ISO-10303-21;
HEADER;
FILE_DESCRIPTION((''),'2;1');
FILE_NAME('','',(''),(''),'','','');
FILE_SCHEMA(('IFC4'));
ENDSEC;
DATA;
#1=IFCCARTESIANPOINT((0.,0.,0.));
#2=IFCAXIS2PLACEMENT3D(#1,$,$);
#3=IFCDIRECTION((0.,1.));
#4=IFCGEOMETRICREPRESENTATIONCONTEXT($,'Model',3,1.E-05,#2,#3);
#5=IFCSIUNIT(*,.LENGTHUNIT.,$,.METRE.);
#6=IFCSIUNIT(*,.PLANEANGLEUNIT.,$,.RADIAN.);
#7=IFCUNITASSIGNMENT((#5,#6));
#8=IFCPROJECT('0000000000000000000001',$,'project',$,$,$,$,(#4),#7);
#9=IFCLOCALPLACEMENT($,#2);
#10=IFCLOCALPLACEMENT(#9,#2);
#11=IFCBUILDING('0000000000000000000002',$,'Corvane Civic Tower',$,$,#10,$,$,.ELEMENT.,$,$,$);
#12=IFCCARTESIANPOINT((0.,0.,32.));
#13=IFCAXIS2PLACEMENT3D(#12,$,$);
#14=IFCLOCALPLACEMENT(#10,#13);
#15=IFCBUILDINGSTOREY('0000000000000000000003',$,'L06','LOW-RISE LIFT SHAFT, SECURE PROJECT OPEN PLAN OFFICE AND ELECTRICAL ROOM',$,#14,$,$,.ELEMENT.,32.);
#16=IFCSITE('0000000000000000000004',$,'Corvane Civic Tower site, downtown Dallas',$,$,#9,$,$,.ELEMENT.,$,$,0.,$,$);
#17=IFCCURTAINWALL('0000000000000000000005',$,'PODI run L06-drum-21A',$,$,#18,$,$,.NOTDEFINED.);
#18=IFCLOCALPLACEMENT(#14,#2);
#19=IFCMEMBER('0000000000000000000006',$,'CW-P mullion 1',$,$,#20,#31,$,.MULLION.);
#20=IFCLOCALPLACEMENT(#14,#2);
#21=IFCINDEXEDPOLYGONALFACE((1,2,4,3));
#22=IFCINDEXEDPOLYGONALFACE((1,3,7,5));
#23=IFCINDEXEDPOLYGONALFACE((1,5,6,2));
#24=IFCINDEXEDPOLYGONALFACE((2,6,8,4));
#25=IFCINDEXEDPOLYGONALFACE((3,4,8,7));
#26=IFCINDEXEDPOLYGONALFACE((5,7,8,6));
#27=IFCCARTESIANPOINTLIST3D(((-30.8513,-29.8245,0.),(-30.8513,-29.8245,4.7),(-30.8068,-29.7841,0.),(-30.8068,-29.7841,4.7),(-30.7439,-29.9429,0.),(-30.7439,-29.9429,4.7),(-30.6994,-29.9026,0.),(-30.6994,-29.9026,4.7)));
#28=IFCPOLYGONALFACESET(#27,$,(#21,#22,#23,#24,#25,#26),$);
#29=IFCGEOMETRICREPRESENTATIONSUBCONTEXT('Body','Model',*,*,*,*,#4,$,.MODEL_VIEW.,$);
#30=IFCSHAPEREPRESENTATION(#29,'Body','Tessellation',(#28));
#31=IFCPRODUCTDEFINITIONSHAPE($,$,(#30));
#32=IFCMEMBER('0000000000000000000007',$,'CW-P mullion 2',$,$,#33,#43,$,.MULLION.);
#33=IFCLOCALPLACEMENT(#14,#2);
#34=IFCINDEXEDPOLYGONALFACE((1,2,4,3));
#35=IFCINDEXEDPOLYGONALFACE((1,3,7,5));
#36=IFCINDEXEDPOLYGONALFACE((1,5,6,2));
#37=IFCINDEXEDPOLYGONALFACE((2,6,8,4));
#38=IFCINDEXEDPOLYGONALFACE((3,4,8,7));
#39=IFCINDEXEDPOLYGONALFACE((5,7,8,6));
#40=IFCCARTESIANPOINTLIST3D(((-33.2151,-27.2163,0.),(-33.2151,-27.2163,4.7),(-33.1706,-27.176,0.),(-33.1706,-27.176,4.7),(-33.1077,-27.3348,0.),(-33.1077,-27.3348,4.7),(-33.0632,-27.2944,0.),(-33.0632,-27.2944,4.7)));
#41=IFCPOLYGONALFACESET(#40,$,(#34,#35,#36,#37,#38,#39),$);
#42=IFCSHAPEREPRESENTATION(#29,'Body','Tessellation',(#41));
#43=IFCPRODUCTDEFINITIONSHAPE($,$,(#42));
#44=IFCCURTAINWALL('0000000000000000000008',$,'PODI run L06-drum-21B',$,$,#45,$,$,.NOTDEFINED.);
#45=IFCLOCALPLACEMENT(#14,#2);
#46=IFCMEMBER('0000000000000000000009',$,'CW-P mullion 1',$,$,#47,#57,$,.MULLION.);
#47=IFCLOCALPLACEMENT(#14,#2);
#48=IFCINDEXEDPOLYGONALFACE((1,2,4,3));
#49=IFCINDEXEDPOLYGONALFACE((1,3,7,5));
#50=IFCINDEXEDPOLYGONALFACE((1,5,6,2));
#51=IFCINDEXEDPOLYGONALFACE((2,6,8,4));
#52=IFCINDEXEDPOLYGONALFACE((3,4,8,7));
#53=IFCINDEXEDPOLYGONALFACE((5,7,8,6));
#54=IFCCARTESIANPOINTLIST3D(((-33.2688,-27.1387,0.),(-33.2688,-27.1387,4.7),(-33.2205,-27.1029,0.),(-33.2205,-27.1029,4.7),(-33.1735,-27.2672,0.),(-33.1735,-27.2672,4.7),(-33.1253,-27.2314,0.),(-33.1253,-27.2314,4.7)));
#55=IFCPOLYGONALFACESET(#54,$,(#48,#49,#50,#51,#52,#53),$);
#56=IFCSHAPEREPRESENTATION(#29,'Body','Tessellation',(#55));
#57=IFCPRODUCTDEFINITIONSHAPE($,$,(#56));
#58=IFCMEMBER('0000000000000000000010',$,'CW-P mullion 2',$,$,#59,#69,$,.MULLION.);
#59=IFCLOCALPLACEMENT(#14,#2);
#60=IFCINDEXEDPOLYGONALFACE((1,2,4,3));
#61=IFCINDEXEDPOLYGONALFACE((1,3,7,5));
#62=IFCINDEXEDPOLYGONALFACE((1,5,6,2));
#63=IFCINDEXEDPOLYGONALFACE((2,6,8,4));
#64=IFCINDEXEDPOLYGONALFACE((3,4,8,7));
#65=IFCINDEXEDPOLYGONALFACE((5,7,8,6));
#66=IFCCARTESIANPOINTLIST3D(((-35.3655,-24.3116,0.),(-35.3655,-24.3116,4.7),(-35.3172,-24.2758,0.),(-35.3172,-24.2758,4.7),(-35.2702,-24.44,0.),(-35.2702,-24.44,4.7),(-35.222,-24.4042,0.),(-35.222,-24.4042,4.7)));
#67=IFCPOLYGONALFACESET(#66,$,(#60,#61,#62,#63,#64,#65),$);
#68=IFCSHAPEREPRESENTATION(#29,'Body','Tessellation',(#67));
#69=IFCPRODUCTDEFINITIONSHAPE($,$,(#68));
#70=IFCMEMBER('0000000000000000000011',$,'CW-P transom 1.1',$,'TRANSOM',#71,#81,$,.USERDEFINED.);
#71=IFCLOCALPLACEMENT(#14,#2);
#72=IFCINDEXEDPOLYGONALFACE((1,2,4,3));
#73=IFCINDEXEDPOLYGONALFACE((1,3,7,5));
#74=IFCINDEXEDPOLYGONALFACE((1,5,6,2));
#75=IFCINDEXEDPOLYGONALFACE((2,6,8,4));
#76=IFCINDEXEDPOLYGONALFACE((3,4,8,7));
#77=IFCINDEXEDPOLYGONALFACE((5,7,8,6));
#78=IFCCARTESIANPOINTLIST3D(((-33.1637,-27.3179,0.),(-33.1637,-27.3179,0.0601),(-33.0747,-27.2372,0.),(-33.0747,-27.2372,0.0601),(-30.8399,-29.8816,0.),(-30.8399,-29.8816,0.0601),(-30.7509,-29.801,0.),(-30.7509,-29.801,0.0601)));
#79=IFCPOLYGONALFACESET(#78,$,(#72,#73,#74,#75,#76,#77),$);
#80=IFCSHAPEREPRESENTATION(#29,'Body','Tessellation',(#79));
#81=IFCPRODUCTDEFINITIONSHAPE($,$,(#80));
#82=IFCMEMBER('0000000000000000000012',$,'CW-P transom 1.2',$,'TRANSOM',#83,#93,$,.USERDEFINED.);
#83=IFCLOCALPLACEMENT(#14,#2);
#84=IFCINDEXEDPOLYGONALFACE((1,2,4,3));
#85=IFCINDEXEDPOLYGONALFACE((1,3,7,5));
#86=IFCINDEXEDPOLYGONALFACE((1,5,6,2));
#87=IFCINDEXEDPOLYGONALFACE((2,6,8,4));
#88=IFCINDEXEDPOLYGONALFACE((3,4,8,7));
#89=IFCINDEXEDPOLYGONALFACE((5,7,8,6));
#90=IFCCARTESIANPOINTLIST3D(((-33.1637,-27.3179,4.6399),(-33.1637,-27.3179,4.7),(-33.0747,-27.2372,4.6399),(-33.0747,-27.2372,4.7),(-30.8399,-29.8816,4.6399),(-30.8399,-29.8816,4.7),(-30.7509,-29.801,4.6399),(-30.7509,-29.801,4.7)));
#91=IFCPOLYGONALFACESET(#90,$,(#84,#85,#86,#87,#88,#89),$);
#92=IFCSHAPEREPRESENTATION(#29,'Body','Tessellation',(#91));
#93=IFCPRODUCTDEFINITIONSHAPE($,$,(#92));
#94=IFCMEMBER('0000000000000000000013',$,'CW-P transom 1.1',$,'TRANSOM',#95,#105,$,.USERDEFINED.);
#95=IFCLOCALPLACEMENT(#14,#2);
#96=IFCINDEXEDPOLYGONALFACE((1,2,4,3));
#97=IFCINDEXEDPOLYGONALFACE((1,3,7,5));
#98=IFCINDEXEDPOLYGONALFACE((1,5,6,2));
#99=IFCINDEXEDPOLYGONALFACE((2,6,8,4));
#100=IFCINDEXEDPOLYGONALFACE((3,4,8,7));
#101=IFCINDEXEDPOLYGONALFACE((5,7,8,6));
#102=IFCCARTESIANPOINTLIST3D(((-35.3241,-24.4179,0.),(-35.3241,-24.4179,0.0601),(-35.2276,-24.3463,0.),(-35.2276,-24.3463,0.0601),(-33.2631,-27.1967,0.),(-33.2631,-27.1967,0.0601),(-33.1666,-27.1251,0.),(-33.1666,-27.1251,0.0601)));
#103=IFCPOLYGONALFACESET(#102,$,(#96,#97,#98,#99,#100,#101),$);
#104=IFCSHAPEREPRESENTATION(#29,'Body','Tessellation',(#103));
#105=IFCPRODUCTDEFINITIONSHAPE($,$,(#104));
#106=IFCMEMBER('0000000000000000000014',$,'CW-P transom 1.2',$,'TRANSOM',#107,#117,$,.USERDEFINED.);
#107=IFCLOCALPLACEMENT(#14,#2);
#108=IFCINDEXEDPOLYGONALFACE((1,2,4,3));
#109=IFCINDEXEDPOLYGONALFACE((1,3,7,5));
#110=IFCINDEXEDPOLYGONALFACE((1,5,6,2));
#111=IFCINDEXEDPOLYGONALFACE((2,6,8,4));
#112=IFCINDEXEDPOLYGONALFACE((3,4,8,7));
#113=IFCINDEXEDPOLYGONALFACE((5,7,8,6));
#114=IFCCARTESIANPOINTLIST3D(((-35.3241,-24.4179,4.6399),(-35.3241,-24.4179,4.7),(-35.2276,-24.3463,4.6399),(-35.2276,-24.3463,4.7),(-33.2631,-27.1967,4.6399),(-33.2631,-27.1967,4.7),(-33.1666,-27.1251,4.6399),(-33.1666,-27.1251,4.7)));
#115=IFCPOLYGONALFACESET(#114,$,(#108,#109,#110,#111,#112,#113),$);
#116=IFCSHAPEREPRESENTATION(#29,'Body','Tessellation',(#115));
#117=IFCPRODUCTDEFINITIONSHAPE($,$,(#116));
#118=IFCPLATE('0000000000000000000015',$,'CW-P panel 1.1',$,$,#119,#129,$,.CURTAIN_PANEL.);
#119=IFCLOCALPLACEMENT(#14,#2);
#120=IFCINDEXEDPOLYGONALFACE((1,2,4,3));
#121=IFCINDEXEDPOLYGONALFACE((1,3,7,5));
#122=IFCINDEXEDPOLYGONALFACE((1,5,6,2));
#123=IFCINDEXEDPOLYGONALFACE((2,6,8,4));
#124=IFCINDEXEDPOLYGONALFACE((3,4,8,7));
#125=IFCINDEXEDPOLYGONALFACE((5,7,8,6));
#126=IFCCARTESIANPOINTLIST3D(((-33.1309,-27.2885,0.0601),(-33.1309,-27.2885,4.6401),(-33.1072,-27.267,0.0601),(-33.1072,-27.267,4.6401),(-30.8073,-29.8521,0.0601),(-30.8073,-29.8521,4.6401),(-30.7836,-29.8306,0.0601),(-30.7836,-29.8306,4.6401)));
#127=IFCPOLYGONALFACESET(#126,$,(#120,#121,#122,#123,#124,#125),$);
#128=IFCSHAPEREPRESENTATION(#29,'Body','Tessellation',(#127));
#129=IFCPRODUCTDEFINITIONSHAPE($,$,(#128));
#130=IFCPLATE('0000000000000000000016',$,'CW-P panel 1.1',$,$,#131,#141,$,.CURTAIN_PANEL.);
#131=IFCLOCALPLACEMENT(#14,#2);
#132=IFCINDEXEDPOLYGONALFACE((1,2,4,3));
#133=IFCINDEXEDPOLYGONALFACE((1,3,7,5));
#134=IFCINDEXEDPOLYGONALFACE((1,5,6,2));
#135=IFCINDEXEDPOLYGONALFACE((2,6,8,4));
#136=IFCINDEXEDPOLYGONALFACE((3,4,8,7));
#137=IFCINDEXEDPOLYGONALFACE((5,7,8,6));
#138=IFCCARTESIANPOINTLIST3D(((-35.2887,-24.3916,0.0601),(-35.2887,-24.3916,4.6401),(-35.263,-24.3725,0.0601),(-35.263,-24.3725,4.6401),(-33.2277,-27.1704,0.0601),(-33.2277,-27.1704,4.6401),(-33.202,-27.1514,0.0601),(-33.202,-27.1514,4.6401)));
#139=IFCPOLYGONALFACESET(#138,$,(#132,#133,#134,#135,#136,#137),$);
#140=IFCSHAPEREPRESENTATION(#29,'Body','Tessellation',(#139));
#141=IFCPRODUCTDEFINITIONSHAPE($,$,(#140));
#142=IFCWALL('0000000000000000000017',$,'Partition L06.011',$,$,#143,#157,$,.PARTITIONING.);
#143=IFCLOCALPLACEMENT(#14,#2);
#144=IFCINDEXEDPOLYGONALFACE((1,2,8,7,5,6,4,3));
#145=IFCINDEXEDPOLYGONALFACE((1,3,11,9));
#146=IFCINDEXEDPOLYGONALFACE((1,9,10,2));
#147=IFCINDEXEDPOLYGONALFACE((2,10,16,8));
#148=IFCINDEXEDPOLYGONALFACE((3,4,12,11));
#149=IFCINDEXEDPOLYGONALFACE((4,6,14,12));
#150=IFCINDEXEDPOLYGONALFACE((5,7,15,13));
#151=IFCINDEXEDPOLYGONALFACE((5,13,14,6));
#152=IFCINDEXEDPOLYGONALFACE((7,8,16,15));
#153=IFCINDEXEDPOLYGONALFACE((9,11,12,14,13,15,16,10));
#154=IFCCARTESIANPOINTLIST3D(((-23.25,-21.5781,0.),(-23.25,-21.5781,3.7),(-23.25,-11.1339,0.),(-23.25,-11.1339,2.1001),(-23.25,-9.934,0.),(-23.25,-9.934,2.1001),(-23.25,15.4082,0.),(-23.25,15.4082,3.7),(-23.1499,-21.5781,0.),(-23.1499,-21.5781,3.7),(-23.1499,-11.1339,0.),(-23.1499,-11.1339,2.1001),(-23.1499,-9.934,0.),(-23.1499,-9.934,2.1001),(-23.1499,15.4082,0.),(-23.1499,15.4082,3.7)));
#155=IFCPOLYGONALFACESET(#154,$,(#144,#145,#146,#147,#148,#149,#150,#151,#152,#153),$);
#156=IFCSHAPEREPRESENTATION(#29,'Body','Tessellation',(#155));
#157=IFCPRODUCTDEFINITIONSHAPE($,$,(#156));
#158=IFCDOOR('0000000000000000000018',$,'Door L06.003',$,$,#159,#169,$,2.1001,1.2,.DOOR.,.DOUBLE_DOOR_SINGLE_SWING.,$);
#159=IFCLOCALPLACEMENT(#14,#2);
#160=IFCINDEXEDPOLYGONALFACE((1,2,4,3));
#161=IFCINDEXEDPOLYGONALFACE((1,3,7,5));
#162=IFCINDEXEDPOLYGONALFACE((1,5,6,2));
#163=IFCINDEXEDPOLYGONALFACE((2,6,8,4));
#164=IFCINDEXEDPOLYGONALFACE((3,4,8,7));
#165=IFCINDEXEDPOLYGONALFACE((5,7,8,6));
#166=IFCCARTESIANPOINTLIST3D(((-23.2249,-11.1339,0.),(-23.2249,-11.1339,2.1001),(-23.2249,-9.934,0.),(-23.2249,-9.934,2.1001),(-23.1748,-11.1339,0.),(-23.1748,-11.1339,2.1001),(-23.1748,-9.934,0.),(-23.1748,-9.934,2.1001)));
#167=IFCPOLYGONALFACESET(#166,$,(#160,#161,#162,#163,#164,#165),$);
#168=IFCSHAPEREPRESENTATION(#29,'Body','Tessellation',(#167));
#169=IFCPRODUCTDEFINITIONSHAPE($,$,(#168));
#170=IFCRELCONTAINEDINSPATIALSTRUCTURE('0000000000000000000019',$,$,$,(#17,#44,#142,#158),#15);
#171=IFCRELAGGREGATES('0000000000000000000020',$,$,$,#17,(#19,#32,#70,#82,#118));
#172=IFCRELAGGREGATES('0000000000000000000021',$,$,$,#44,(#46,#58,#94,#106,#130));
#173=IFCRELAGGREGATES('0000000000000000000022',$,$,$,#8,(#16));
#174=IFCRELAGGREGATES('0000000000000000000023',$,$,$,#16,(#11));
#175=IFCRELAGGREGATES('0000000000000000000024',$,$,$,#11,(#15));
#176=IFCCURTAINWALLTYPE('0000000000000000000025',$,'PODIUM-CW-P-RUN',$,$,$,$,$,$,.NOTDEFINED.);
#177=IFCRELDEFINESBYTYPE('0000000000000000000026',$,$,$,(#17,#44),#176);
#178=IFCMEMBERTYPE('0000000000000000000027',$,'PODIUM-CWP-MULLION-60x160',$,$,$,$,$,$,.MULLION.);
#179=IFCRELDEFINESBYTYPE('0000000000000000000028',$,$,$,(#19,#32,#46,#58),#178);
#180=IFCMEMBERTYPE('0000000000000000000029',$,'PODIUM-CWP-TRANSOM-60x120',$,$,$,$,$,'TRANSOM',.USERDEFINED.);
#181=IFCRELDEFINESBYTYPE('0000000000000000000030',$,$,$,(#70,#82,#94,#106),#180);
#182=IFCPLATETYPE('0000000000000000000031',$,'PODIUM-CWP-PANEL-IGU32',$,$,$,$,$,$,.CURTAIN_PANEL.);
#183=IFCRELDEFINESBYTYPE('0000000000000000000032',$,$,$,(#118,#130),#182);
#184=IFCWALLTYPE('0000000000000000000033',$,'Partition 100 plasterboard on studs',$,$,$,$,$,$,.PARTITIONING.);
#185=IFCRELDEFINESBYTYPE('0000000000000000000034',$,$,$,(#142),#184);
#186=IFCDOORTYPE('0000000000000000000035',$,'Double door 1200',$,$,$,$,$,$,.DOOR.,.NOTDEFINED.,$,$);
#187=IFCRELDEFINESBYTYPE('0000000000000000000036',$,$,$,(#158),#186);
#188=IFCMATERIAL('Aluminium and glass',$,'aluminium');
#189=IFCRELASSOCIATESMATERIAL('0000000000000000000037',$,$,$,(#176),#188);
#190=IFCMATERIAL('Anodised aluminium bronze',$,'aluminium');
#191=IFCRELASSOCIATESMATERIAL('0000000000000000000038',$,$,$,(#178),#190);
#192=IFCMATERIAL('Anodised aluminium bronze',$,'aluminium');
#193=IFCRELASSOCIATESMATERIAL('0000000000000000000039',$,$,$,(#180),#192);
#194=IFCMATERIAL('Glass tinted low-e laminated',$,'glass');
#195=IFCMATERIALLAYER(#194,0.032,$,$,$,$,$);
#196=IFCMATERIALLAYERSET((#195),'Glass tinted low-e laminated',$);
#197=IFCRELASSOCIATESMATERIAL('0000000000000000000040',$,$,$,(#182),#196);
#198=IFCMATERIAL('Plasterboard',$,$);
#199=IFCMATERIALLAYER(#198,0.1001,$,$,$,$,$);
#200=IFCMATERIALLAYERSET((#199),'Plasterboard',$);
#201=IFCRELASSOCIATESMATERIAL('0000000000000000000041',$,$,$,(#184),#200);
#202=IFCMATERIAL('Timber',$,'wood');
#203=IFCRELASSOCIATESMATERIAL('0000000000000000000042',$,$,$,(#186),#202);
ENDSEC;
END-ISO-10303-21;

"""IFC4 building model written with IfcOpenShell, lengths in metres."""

from ifc_helpers import new_model, si_unit, direction, frame, frame_2d, origin, origin_2d, place, context, subcontext, project, spatial, rectangle, extrude, material, layer, layer_set, material_profile, profile_set, type_object, element, fill, aggregate, save


model = new_model("IFC4")

# Units and contexts
model_context = context("Model", 3, precision=1e-05, world=origin(), true_north=direction((0.0, 1.0)))
body_context = subcontext(model_context, "Body", "Model", "MODEL_VIEW")
ifc_project = project(units=[si_unit("LENGTHUNIT", "METRE"), si_unit("PLANEANGLEUNIT", "RADIAN")], contexts=[model_context])

# Site, building, storey
site_placement = place(None, origin())
site = spatial("IfcSite", under=ifc_project, at=site_placement, Name="Corvane Civic Tower site, downtown Dallas", CompositionType="ELEMENT", RefElevation=0.0)
building_placement = place(site_placement, origin())
building = spatial("IfcBuilding", under=site, at=building_placement, Name="Corvane Civic Tower", CompositionType="ELEMENT")
storey_placement = place(building_placement, frame((0.0, 0.0, 32.0)))
storey = spatial("IfcBuildingStorey", under=building, at=storey_placement, Name="L06", Description="LOW-RISE LIFT SHAFT, SECURE PROJECT OPEN PLAN OFFICE AND ELECTRICAL ROOM", CompositionType="ELEMENT", Elevation=32.0)

# Curtain walls, members
ifc_material_1 = material(Name="Aluminium and glass", Category="aluminium")
curtain_wall_type = type_object("IfcCurtainWallType", Name="PODIUM-CW-P-RUN", PredefinedType="NOTDEFINED", material=ifc_material_1)
curtain_wall_1_placement = place(storey_placement, origin())
curtain_wall_1 = element("IfcCurtainWall", 1, at=curtain_wall_1_placement, inside=storey, type_object=curtain_wall_type, Name="PODI run L06-drum-21A", PredefinedType="NOTDEFINED")
ifc_material_2 = material(Name="Anodised aluminium bronze", Category="aluminium")
ifc_material_profile_1 = material_profile(ifc_material_2, rectangle(XDim=0.0601, YDim=0.1599, at=origin_2d()), Name="AL 60x160")
ifc_profile_set_1 = profile_set([ifc_material_profile_1], Name="Anodised aluminium bronze")
member_type_1 = type_object("IfcMemberType", Name="PODIUM-CWP-MULLION-60x160", PredefinedType="MULLION", material=ifc_profile_set_1)
member_1_placement = place(storey_placement, frame((-30.7754, -29.8635, 0.0), z_axis=(0.0, 0.0, 1.0), x_axis=(-0.740935, -0.671576, 0.0)))
member_1 = element("IfcMember", 2, at=member_1_placement, type_object=member_type_1, Name="CW-P mullion 1", PredefinedType="MULLION", context=body_context, shape_type="SweptSolid", body=[
    extrude(rectangle(XDim=0.0601, YDim=0.1599, at=origin_2d()), origin(), (0.0, 0.0, 1.0), 4.7),
])
member_2_placement = place(storey_placement, frame((-33.1392, -27.2554, 0.0), z_axis=(0.0, 0.0, 1.0), x_axis=(-0.740935, -0.671576, 0.0)))
member_2 = element("IfcMember", 3, at=member_2_placement, type_object=member_type_1, Name="CW-P mullion 2", PredefinedType="MULLION", context=body_context, shape_type="SweptSolid", body=[
    extrude(rectangle(XDim=0.0601, YDim=0.1599, at=origin_2d()), origin(), (0.0, 0.0, 1.0), 4.7),
])
curtain_wall_2_placement = place(storey_placement, origin())
curtain_wall_2 = element("IfcCurtainWall", 4, at=curtain_wall_2_placement, inside=storey, type_object=curtain_wall_type, Name="PODI run L06-drum-21B", PredefinedType="NOTDEFINED")
member_3_placement = place(storey_placement, frame((-33.197, -27.1851, 0.0), z_axis=(0.0, 0.0, 1.0), x_axis=(-0.803203, -0.595705, 0.0)))
member_3 = element("IfcMember", 5, at=member_3_placement, type_object=member_type_1, Name="CW-P mullion 1", PredefinedType="MULLION", context=body_context, shape_type="SweptSolid", body=[
    extrude(rectangle(XDim=0.0601, YDim=0.1599, at=origin_2d()), origin(), (0.0, 0.0, 1.0), 4.7),
])
member_4_placement = place(storey_placement, frame((-35.2937, -24.3579, 0.0), z_axis=(0.0, 0.0, 1.0), x_axis=(-0.803203, -0.595705, 0.0)))
member_4 = element("IfcMember", 6, at=member_4_placement, type_object=member_type_1, Name="CW-P mullion 2", PredefinedType="MULLION", context=body_context, shape_type="SweptSolid", body=[
    extrude(rectangle(XDim=0.0601, YDim=0.1599, at=origin_2d()), origin(), (0.0, 0.0, 1.0), 4.7),
])

# Members
ifc_material_3 = material(Name="Anodised aluminium bronze", Category="aluminium")
ifc_material_profile_2 = material_profile(ifc_material_3, rectangle(XDim=0.1201, YDim=0.0601, at=origin_2d()), Name="AL 120x60")
ifc_profile_set_2 = profile_set([ifc_material_profile_2], Name="Anodised aluminium bronze")
member_type_2 = type_object("IfcMemberType", Name="PODIUM-CWP-TRANSOM-60x120", ElementType="TRANSOM", PredefinedType="USERDEFINED", material=ifc_profile_set_2)
member_5_placement = place(storey_placement, frame((-30.7954, -29.8413, 0.03), z_axis=(-0.671576, 0.740935, 0.0), x_axis=(-0.740935, -0.671576, 0.0)))
member_5 = element("IfcMember", 7, at=member_5_placement, type_object=member_type_2, Name="CW-P transom 1.1", ObjectType="TRANSOM", PredefinedType="USERDEFINED", context=body_context, shape_type="SweptSolid", body=[
    extrude(rectangle(XDim=0.1201, YDim=0.0601, at=origin_2d()), origin(), (0.0, 0.0, 1.0), 3.4602),
])
member_6_placement = place(storey_placement, frame((-30.7954, -29.8413, 4.6699), z_axis=(-0.671576, 0.740935, 0.0), x_axis=(-0.740935, -0.671576, 0.0)))
member_6 = element("IfcMember", 8, at=member_6_placement, type_object=member_type_2, Name="CW-P transom 1.2", ObjectType="TRANSOM", PredefinedType="USERDEFINED", context=body_context, shape_type="SweptSolid", body=[
    extrude(rectangle(XDim=0.1201, YDim=0.0601, at=origin_2d()), origin(), (0.0, 0.0, 1.0), 3.4602),
])
member_7_placement = place(storey_placement, frame((-33.2148, -27.1609, 0.03), z_axis=(-0.595724, 0.80319, 0.0), x_axis=(-0.80319, -0.595724, 0.0)))
member_7 = element("IfcMember", 9, at=member_7_placement, type_object=member_type_2, Name="CW-P transom 1.1", ObjectType="TRANSOM", PredefinedType="USERDEFINED", context=body_context, shape_type="SweptSolid", body=[
    extrude(rectangle(XDim=0.1201, YDim=0.0601, at=origin_2d()), origin(), (0.0, 0.0, 1.0), 3.4597),
])
member_8_placement = place(storey_placement, frame((-33.2148, -27.1609, 4.6699), z_axis=(-0.595724, 0.80319, 0.0), x_axis=(-0.80319, -0.595724, 0.0)))
member_8 = element("IfcMember", 10, at=member_8_placement, type_object=member_type_2, Name="CW-P transom 1.2", ObjectType="TRANSOM", PredefinedType="USERDEFINED", context=body_context, shape_type="SweptSolid", body=[
    extrude(rectangle(XDim=0.1201, YDim=0.0601, at=origin_2d()), origin(), (0.0, 0.0, 1.0), 3.4597),
])

# Plates
ifc_material_4 = material(Name="Glass tinted low-e laminated", Category="glass")
ifc_layer_1 = layer(ifc_material_4, 0.032)
ifc_layer_set_1 = layer_set([ifc_layer_1], Name="Glass tinted low-e laminated")
plate_type = type_object("IfcPlateType", Name="PODIUM-CWP-PANEL-IGU32", PredefinedType="CURTAIN_PANEL", material=ifc_layer_set_1)
plate_1_placement = place(storey_placement, frame((-31.9573, -28.5596, 0.0601), z_axis=(0.0, 0.0, 1.0), x_axis=(-0.671576, 0.740935, 0.0)))
plate_1 = element("IfcPlate", 11, at=plate_1_placement, type_object=plate_type, Name="CW-P panel 1.1", PredefinedType="CURTAIN_PANEL", context=body_context, shape_type="SweptSolid", body=[
    extrude(rectangle(XDim=3.46, YDim=0.032, at=origin_2d()), origin(), (0.0, 0.0, 1.0), 4.5801),
])
aggregate(curtain_wall_1, [member_1, member_2, member_5, member_6, plate_1])
plate_2_placement = place(storey_placement, frame((-34.2454, -25.7715, 0.0601), z_axis=(0.0, 0.0, 1.0), x_axis=(-0.595705, 0.803203, 0.0)))
plate_2 = element("IfcPlate", 12, at=plate_2_placement, type_object=plate_type, Name="CW-P panel 1.1", PredefinedType="CURTAIN_PANEL", context=body_context, shape_type="SweptSolid", body=[
    extrude(rectangle(XDim=3.4597, YDim=0.032, at=origin_2d()), origin(), (0.0, 0.0, 1.0), 4.5801),
])
aggregate(curtain_wall_2, [member_3, member_4, member_7, member_8, plate_2])

# Wall, opening, door
ifc_material_5 = material(Name="Plasterboard")
ifc_layer_2 = layer(ifc_material_5, 0.1001)
ifc_layer_set_2 = layer_set([ifc_layer_2], Name="Plasterboard")
wall_type_1 = type_object("IfcWallType", Name="Partition 100 plasterboard on studs", PredefinedType="PARTITIONING", material=ifc_layer_set_2)
wall_1_placement = place(storey_placement, frame((-23.2, -21.5781, 0.0), z_axis=(0.0, 0.0, 1.0), x_axis=(0.0, 1.0, 0.0)))
wall_1 = element("IfcWall", 13, at=wall_1_placement, inside=storey, type_object=wall_type_1, Name="Partition L06.011", PredefinedType="PARTITIONING", context=body_context, shape_type="SweptSolid", body=[
    extrude(rectangle(XDim=36.9863, YDim=0.1001, at=frame_2d((18.4932, 0.0))), origin(), (0.0, 0.0, 1.0), 3.7),
])
opening_1_placement = place(wall_1_placement, frame((10.4441, 0.0, 0.0)))
opening_1 = element("IfcOpeningElement", 14, at=opening_1_placement, cuts=wall_1, PredefinedType="OPENING", context=body_context, shape_type="SweptSolid", body=[
    extrude(rectangle(XDim=1.2, YDim=2.1001, at=frame_2d((0.6001, 1.05))), frame((0.0, 0.0601, 0.0), z_axis=(0.0, -1.0, 0.0), x_axis=(1.0, 0.0, 0.0)), (0.0, 0.0, 1.0), 0.1201),
])
ifc_material_6 = material(Name="Timber", Category="wood")
door_type_1 = type_object("IfcDoorType", Name="Double door 1200", OperationType="NOTDEFINED", PredefinedType="DOOR", material=ifc_material_6)
door_1_placement = place(opening_1_placement, origin())
door_1 = element("IfcDoor", 15, at=door_1_placement, inside=storey, type_object=door_type_1, Name="Door L06.003", OperationType="DOUBLE_DOOR_SINGLE_SWING", OverallHeight=2.1001, OverallWidth=1.2, PredefinedType="DOOR", context=body_context, shape_type="SweptSolid", body=[
    extrude(rectangle(XDim=1.2, YDim=2.1001, at=frame_2d((0.6001, 1.05))), frame((0.0, 0.0249, 0.0), z_axis=(0.0, -1.0, 0.0), x_axis=(1.0, 0.0, 0.0)), (0.0, 0.0, 1.0), 0.05),
])
fill(opening_1, door_1)

save(model, "model.ifc")
